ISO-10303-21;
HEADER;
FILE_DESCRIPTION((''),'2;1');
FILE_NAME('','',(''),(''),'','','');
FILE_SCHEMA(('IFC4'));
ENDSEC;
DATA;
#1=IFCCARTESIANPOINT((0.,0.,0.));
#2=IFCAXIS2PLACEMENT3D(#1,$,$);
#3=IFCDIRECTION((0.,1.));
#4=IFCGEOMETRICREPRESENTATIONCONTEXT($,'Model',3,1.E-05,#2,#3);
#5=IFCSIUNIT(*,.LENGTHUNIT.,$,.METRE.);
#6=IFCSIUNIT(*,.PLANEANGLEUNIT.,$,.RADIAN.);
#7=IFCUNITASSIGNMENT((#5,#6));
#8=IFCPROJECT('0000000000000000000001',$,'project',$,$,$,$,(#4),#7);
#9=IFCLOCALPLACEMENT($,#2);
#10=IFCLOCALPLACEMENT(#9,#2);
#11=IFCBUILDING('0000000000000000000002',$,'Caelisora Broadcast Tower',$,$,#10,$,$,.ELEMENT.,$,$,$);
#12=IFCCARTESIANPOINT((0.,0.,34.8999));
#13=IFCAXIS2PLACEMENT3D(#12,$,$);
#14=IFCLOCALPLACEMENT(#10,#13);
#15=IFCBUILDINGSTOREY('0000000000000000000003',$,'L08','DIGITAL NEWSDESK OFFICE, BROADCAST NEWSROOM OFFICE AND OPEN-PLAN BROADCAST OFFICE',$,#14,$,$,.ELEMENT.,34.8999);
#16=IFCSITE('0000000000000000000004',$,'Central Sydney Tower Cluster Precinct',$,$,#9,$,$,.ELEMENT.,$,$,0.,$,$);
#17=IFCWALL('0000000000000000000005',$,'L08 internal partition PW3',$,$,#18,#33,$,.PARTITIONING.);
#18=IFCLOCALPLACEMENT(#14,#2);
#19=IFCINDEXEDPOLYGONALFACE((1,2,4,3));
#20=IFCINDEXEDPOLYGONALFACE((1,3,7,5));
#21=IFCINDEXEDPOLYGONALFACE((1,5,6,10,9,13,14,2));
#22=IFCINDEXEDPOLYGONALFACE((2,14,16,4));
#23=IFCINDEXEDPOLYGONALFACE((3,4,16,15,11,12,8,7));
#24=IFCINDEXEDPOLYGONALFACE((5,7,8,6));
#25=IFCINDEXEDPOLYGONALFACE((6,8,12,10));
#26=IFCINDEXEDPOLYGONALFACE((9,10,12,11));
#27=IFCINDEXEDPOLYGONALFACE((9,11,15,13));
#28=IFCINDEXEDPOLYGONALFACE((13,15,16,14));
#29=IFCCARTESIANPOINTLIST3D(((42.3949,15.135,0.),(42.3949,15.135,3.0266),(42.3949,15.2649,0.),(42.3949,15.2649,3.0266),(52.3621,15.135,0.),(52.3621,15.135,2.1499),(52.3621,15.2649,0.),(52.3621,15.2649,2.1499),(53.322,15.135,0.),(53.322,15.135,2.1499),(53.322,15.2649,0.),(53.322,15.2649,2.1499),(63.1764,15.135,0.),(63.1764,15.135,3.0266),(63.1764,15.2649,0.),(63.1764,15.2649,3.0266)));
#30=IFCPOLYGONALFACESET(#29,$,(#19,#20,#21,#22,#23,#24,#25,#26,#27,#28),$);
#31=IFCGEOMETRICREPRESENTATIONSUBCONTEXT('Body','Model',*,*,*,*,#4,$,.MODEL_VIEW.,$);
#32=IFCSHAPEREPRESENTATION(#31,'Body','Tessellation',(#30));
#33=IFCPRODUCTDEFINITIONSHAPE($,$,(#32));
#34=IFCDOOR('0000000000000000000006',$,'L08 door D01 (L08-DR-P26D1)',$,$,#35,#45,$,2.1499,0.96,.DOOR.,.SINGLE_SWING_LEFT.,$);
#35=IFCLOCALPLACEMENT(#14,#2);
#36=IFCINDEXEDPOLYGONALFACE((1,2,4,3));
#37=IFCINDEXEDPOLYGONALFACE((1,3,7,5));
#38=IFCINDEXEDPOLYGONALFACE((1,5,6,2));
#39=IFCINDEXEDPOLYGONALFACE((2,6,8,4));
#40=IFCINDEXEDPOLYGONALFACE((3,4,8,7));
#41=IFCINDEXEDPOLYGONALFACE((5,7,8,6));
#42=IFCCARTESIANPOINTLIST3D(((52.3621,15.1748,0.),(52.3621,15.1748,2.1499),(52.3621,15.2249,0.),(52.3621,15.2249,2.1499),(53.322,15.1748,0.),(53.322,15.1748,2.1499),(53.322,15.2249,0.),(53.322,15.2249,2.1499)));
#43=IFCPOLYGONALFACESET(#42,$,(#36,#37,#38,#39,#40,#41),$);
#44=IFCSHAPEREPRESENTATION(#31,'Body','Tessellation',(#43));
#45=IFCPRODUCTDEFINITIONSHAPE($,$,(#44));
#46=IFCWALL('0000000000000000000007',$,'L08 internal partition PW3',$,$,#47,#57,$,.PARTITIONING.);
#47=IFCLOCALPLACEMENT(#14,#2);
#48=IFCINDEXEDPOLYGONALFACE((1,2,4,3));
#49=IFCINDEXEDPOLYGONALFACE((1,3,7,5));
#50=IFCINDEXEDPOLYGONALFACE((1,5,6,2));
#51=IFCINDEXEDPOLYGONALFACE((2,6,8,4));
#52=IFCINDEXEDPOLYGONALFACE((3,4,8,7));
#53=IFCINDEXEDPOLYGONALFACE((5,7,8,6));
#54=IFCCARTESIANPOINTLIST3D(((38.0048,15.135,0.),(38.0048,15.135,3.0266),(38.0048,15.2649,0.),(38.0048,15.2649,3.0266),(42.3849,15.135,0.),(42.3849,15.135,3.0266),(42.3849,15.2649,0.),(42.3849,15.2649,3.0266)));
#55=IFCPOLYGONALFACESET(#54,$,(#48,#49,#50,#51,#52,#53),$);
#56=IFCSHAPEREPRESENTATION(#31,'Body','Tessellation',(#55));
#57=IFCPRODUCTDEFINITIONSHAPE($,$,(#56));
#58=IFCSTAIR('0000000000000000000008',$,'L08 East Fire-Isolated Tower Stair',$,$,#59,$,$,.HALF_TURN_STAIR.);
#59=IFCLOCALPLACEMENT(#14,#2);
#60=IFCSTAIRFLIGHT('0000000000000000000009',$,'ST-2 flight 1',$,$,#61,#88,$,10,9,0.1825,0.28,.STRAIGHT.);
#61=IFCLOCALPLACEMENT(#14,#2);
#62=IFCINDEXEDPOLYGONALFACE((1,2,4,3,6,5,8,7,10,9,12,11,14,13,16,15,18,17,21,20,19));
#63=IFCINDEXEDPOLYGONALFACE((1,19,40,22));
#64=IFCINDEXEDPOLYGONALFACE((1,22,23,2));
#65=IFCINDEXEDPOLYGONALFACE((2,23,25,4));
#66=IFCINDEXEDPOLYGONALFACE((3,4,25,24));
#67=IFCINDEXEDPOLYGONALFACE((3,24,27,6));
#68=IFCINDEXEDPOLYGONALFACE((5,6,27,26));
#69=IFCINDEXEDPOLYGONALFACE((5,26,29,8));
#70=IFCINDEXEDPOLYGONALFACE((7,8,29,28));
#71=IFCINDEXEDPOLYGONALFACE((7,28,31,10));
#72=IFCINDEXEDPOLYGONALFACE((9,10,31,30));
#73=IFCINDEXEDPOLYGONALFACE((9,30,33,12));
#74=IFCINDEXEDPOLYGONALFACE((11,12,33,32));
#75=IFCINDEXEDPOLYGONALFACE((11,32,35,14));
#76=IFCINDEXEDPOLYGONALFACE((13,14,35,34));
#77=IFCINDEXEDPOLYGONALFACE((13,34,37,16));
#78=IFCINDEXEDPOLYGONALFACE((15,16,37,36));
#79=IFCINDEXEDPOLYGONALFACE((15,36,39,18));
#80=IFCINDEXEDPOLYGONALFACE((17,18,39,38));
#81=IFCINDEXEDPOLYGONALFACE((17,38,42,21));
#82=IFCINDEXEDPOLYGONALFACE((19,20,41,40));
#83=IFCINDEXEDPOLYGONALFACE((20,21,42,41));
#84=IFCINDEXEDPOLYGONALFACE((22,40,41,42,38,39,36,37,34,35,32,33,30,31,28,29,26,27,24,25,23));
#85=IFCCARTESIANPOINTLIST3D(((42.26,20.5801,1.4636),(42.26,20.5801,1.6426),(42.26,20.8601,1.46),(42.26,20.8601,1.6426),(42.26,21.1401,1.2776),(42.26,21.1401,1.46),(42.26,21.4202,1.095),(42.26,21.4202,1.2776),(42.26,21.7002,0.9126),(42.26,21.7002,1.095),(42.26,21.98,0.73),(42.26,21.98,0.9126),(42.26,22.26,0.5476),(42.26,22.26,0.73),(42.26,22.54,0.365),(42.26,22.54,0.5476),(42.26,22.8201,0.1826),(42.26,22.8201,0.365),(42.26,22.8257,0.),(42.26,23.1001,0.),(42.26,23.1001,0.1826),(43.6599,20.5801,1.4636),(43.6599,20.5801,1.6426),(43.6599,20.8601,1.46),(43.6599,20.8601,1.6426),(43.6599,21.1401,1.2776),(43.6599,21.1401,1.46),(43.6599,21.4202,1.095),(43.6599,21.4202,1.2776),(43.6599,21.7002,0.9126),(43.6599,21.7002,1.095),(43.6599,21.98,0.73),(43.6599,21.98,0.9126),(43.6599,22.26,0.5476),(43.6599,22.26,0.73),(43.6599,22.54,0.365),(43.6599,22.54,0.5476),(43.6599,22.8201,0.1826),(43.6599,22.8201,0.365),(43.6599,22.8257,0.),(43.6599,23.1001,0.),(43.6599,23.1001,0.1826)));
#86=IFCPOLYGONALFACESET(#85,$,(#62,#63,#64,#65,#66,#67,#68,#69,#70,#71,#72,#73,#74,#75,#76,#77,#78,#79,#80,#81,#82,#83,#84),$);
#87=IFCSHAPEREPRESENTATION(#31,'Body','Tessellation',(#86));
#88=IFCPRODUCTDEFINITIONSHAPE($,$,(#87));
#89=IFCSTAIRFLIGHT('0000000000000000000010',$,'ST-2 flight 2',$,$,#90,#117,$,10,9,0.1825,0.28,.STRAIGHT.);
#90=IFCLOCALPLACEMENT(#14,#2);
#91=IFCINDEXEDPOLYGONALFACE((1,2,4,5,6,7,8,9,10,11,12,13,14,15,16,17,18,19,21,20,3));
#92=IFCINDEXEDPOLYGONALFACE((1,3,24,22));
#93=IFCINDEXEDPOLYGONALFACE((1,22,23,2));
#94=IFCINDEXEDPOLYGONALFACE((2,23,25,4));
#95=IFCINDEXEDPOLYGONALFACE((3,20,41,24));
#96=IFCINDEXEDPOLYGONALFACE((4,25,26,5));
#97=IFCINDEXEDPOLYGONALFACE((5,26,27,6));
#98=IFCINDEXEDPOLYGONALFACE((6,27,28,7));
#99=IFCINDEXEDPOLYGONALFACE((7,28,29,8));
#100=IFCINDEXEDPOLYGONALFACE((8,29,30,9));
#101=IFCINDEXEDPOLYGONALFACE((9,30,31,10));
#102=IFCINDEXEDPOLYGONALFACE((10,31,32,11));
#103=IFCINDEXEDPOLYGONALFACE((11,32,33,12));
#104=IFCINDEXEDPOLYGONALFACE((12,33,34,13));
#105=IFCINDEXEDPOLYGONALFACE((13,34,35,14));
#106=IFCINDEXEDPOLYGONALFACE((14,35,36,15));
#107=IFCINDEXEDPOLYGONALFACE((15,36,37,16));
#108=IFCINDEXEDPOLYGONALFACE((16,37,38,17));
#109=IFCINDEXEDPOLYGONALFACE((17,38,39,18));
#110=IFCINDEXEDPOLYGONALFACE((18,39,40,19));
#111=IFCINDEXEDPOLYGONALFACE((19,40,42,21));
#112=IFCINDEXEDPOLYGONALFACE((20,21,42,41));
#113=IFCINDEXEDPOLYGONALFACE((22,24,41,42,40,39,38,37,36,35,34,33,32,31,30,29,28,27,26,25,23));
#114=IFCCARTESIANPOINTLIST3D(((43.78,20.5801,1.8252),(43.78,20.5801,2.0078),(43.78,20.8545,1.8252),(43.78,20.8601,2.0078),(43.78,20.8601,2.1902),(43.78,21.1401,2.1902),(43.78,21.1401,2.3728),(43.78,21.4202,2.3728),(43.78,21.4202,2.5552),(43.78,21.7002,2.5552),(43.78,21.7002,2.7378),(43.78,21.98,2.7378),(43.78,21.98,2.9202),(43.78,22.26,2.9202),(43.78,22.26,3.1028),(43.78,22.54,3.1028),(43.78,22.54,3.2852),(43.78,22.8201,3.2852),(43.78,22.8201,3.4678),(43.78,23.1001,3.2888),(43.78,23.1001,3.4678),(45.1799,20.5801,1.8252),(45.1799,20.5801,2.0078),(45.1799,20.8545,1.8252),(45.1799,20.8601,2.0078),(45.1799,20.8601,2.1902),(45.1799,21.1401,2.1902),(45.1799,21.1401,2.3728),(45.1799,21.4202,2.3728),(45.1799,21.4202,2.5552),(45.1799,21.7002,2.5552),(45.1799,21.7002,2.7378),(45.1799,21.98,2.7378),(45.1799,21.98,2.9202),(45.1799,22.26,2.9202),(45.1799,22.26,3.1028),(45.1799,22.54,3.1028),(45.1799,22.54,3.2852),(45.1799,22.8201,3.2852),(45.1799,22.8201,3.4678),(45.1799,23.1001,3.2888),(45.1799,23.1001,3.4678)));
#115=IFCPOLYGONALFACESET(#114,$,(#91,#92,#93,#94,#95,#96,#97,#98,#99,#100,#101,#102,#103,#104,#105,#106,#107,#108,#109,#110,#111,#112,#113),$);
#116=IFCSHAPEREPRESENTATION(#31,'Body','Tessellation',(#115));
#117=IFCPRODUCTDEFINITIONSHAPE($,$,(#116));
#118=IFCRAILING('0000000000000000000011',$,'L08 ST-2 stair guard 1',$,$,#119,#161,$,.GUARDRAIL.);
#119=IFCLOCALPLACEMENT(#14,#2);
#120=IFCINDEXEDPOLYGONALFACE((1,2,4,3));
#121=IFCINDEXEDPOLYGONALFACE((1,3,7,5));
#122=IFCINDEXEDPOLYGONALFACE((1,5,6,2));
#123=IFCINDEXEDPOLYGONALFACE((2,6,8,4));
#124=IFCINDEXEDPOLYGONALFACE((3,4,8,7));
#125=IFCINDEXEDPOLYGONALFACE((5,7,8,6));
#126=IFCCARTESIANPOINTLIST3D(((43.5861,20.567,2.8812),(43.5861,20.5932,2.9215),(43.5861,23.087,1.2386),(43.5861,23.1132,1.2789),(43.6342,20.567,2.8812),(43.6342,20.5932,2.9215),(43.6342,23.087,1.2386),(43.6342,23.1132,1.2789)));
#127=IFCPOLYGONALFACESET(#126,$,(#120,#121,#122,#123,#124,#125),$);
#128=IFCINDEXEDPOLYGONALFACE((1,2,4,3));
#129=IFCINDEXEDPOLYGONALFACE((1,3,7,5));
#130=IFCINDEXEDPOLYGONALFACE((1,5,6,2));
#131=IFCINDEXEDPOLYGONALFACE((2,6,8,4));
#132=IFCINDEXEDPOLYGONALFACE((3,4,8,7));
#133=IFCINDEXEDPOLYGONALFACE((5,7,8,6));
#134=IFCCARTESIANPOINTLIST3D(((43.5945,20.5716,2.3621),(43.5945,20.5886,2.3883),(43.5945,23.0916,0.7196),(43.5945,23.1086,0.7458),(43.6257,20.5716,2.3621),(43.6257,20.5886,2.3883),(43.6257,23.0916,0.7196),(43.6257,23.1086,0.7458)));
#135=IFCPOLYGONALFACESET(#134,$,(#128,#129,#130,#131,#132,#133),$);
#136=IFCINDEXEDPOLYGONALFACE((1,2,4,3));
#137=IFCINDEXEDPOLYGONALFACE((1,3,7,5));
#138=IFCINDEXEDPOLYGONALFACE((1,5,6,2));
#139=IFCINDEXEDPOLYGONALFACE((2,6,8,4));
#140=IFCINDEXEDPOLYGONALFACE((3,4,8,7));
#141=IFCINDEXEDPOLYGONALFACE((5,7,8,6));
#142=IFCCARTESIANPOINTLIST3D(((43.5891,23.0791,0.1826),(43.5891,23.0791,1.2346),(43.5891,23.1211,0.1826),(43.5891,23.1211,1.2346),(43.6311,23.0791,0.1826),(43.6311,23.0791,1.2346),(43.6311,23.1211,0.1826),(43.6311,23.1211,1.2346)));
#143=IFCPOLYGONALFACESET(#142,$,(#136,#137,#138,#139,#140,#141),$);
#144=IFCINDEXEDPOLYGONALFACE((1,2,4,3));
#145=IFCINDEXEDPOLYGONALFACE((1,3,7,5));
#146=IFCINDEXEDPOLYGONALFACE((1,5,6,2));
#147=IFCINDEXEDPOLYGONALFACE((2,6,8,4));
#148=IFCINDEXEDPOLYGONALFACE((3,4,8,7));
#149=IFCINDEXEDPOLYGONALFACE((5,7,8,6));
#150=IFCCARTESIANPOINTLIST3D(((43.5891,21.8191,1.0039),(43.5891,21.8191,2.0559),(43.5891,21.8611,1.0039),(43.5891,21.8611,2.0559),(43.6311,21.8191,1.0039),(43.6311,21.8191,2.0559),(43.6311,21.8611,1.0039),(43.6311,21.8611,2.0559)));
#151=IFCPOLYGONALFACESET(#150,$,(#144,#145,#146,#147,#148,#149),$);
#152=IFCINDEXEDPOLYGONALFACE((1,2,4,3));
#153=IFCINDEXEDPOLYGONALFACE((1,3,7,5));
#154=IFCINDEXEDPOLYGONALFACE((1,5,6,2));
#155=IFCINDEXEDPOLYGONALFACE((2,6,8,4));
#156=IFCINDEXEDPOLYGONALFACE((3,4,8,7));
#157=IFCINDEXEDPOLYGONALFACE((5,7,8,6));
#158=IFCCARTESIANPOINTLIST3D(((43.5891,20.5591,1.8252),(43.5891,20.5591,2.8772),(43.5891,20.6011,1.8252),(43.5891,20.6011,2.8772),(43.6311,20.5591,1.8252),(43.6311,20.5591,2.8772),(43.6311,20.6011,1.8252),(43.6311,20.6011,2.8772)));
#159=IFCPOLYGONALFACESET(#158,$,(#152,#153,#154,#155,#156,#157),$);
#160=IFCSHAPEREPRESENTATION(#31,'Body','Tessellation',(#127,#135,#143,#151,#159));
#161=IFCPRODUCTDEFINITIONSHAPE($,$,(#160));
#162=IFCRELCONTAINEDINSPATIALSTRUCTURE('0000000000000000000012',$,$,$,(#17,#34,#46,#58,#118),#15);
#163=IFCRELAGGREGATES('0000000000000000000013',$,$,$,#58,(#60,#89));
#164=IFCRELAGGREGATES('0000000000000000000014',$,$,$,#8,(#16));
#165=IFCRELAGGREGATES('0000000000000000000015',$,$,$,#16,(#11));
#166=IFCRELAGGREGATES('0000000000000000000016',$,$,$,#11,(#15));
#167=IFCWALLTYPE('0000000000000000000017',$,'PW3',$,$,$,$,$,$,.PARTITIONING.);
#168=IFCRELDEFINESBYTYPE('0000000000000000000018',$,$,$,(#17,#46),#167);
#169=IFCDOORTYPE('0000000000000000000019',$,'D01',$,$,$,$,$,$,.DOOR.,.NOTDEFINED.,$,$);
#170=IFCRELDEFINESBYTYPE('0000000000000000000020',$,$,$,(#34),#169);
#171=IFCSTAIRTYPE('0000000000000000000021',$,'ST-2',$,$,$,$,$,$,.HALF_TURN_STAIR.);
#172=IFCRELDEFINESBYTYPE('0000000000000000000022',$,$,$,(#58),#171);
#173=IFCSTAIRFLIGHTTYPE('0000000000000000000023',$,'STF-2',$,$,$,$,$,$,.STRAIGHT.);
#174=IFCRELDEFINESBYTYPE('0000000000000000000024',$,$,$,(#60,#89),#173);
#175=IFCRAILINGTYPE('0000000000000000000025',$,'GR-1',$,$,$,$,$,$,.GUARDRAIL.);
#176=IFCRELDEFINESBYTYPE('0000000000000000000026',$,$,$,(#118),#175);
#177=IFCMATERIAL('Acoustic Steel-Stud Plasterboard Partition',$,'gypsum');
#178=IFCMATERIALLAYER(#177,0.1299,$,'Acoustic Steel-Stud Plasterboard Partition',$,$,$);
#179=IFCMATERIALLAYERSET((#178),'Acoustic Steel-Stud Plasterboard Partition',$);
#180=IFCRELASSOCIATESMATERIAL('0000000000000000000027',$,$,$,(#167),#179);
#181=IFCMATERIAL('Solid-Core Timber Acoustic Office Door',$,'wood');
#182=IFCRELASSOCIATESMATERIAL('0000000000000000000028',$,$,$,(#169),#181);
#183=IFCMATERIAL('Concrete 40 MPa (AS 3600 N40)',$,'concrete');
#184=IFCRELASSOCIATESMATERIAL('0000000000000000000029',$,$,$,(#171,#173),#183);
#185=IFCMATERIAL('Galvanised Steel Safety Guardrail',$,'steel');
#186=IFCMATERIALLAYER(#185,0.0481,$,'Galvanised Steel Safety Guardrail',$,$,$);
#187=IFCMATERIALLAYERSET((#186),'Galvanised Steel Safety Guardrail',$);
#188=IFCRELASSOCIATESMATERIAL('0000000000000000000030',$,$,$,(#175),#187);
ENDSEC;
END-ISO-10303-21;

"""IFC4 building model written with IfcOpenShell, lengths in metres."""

from ifc_helpers import new_model, si_unit, direction, frame, frame_2d, origin, origin_2d, place, context, subcontext, project, spatial, polyline, rectangle, outline, extrude, material, layer, layer_set, type_object, element, fill, aggregate, save


model = new_model("IFC4")

# Units and contexts
model_context = context("Model", 3, precision=1e-05, world=origin(), true_north=direction((0.0, 1.0)))
body_context = subcontext(model_context, "Body", "Model", "MODEL_VIEW")
ifc_project = project(units=[si_unit("LENGTHUNIT", "METRE"), si_unit("PLANEANGLEUNIT", "RADIAN")], contexts=[model_context])

# Site, building, storey
site_placement = place(None, origin())
site = spatial("IfcSite", under=ifc_project, at=site_placement, Name="Central Sydney Tower Cluster Precinct", CompositionType="ELEMENT", RefElevation=0.0)
building_placement = place(site_placement, origin())
building = spatial("IfcBuilding", under=site, at=building_placement, Name="Caelisora Broadcast Tower", CompositionType="ELEMENT")
storey_placement = place(building_placement, frame((0.0, 0.0, 34.8999)))
storey = spatial("IfcBuildingStorey", under=building, at=storey_placement, Name="L08", Description="DIGITAL NEWSDESK OFFICE, BROADCAST NEWSROOM OFFICE AND OPEN-PLAN BROADCAST OFFICE", CompositionType="ELEMENT", Elevation=34.8999)

# Wall, opening, door
ifc_material_1 = material(Name="Acoustic Steel-Stud Plasterboard Partition", Category="gypsum")
ifc_layer_1 = layer(ifc_material_1, 0.1299, Name="Acoustic Steel-Stud Plasterboard Partition")
ifc_layer_set_1 = layer_set([ifc_layer_1], Name="Acoustic Steel-Stud Plasterboard Partition")
wall_type_1 = type_object("IfcWallType", Name="PW3", PredefinedType="PARTITIONING", material=ifc_layer_set_1)
wall_1_placement = place(storey_placement, frame((42.395, 15.2, 0.0), z_axis=(0.0, 0.0, 1.0), x_axis=(1.0, 0.0, 0.0)))
wall_1 = element("IfcWall", 1, at=wall_1_placement, inside=storey, type_object=wall_type_1, Name="L08 internal partition PW3", PredefinedType="PARTITIONING", context=body_context, shape_type="SweptSolid", body=[
    extrude(rectangle(XDim=20.7815, YDim=0.1299, at=frame_2d((10.3906, 0.0))), origin(), (0.0, 0.0, 1.0), 3.0266),
])
opening_1_placement = place(wall_1_placement, frame((9.967, 0.0, 0.0)))
opening_1 = element("IfcOpeningElement", 2, at=opening_1_placement, cuts=wall_1, PredefinedType="OPENING", context=body_context, shape_type="SweptSolid", body=[
    extrude(rectangle(XDim=0.96, YDim=2.1499, at=frame_2d((0.48, 1.075))), frame((0.0, 0.0769, 0.0), z_axis=(0.0, -1.0, 0.0), x_axis=(1.0, 0.0, 0.0)), (0.0, 0.0, 1.0), 0.1538),
])
ifc_material_2 = material(Name="Solid-Core Timber Acoustic Office Door", Category="wood")
door_type_1 = type_object("IfcDoorType", Name="D01", OperationType="NOTDEFINED", PredefinedType="DOOR", material=ifc_material_2)
door_1_placement = place(opening_1_placement, origin())
door_1 = element("IfcDoor", 3, at=door_1_placement, inside=storey, type_object=door_type_1, Name="L08 door D01 (L08-DR-P26D1)", OperationType="SINGLE_SWING_LEFT", OverallHeight=2.1499, OverallWidth=0.96, PredefinedType="DOOR", context=body_context, shape_type="SweptSolid", body=[
    extrude(rectangle(XDim=0.96, YDim=2.1499, at=frame_2d((0.48, 1.075))), frame((0.0, 0.0249, 0.0), z_axis=(0.0, -1.0, 0.0), x_axis=(1.0, 0.0, 0.0)), (0.0, 0.0, 1.0), 0.05),
])
fill(opening_1, door_1)

# Wall
wall_2_placement = place(storey_placement, frame((38.0049, 15.2, 0.0), z_axis=(0.0, 0.0, 1.0), x_axis=(1.0, 0.0, 0.0)))
element("IfcWall", 4, at=wall_2_placement, inside=storey, type_object=wall_type_1, Name="L08 internal partition PW3", PredefinedType="PARTITIONING", context=body_context, shape_type="SweptSolid", body=[
    extrude(rectangle(XDim=4.3801, YDim=0.1299, at=frame_2d((2.1899, 0.0))), origin(), (0.0, 0.0, 1.0), 3.0266),
])

# Stair, stair flights
ifc_material_3 = material(Name="Concrete 40 MPa (AS 3600 N40)", Category="concrete")
stair_type = type_object("IfcStairType", Name="ST-2", PredefinedType="HALF_TURN_STAIR", material=ifc_material_3)
stair_placement = place(storey_placement, origin())
stair = element("IfcStair", 5, at=stair_placement, inside=storey, type_object=stair_type, Name="L08 East Fire-Isolated Tower Stair", PredefinedType="HALF_TURN_STAIR")
stair_flight_type = type_object("IfcStairFlightType", Name="STF-2", PredefinedType="STRAIGHT", material=ifc_material_3)
stair_flight_1_placement = place(storey_placement, frame((42.96, 23.1001, 0.0), z_axis=(0.0, 0.0, 1.0), x_axis=(0.0, -1.0, 0.0)))
stair_flight_1 = element("IfcStairFlight", 6, at=stair_flight_1_placement, type_object=stair_flight_type, Name="ST-2 flight 1", NumberOfRisers=10, NumberOfTreads=9, PredefinedType="STRAIGHT", RiserHeight=0.1825, TreadLength=0.28, context=body_context, shape_type="SweptSolid", body=[
    extrude(outline(polyline([(0.0, 0.0), (0.0, 0.1826), (0.28, 0.1826), (0.28, 0.365), (0.5601, 0.365), (0.5601, 0.5476), (0.8401, 0.5476), (0.8401, 0.73), (1.1201, 0.73), (1.1201, 0.9126), (1.3999, 0.9126), (1.3999, 1.095), (1.6799, 1.095), (1.6799, 1.2776), (1.96, 1.2776), (1.96, 1.46), (2.24, 1.46), (2.24, 1.6426), (2.52, 1.6426), (2.52, 1.825), (2.52, 1.4636), (0.2744, 0.0), (0.0, 0.0)])), frame((0.0, 0.7, 0.0), z_axis=(0.0, -1.0, 0.0), x_axis=(1.0, 0.0, 0.0)), (0.0, 0.0, 1.0), 1.3999),
])
stair_flight_2_placement = place(storey_placement, frame((44.48, 20.5801, 1.8252), z_axis=(0.0, 0.0, 1.0), x_axis=(0.0, 1.0, 0.0)))
stair_flight_2 = element("IfcStairFlight", 7, at=stair_flight_2_placement, type_object=stair_flight_type, Name="ST-2 flight 2", NumberOfRisers=10, NumberOfTreads=9, PredefinedType="STRAIGHT", RiserHeight=0.1825, TreadLength=0.28, context=body_context, shape_type="SweptSolid", body=[
    extrude(outline(polyline([(0.0, 0.0), (0.0, 0.1826), (0.28, 0.1826), (0.28, 0.365), (0.5601, 0.365), (0.5601, 0.5476), (0.8401, 0.5476), (0.8401, 0.73), (1.1201, 0.73), (1.1201, 0.9126), (1.3999, 0.9126), (1.3999, 1.095), (1.6799, 1.095), (1.6799, 1.2776), (1.96, 1.2776), (1.96, 1.46), (2.24, 1.46), (2.24, 1.6426), (2.52, 1.6426), (2.52, 1.825), (2.52, 1.4636), (0.2744, 0.0), (0.0, 0.0)])), frame((0.0, 0.7, 0.0), z_axis=(0.0, -1.0, 0.0), x_axis=(1.0, 0.0, 0.0)), (0.0, 0.0, 1.0), 1.3999),
])
aggregate(stair, [stair_flight_1, stair_flight_2])

# Railing
ifc_material_4 = material(Name="Galvanised Steel Safety Guardrail", Category="steel")
ifc_layer_2 = layer(ifc_material_4, 0.0481, Name="Galvanised Steel Safety Guardrail")
ifc_layer_set_2 = layer_set([ifc_layer_2], Name="Galvanised Steel Safety Guardrail")
railing_type_1 = type_object("IfcRailingType", Name="GR-1", PredefinedType="GUARDRAIL", material=ifc_layer_set_2)
railing_1_placement = place(storey_placement, frame((43.6101, 23.1001, 0.1826)))
element("IfcRailing", 8, at=railing_1_placement, inside=storey, type_object=railing_type_1, Name="L08 ST-2 stair guard 1", PredefinedType="GUARDRAIL", context=body_context, shape_type="SweptSolid", body=[
    extrude(rectangle(XDim=0.0481, YDim=0.0481, at=origin_2d()), frame((0.0, 0.0, 1.0762), z_axis=(0.0, -0.837749, 0.546055), x_axis=(1.0, 0.0, 0.0)), (0.0, 0.0, 1.0), 3.0081),
    extrude(rectangle(XDim=0.0312, YDim=0.0312, at=origin_2d()), frame((0.0, 0.0, 0.55), z_axis=(0.0, -0.837749, 0.546055), x_axis=(1.0, 0.0, 0.0)), (0.0, 0.0, 1.0), 3.0081),
    extrude(rectangle(XDim=0.042, YDim=0.042, at=origin_2d()), origin(), (0.0, 0.0, 1.0), 1.052),
    extrude(rectangle(XDim=0.042, YDim=0.042, at=origin_2d()), frame((0.0, -1.26, 0.8213)), (0.0, 0.0, 1.0), 1.052),
    extrude(rectangle(XDim=0.042, YDim=0.042, at=origin_2d()), frame((0.0, -2.52, 1.6426)), (0.0, 0.0, 1.0), 1.052),
])

save(model, "model.ifc")
